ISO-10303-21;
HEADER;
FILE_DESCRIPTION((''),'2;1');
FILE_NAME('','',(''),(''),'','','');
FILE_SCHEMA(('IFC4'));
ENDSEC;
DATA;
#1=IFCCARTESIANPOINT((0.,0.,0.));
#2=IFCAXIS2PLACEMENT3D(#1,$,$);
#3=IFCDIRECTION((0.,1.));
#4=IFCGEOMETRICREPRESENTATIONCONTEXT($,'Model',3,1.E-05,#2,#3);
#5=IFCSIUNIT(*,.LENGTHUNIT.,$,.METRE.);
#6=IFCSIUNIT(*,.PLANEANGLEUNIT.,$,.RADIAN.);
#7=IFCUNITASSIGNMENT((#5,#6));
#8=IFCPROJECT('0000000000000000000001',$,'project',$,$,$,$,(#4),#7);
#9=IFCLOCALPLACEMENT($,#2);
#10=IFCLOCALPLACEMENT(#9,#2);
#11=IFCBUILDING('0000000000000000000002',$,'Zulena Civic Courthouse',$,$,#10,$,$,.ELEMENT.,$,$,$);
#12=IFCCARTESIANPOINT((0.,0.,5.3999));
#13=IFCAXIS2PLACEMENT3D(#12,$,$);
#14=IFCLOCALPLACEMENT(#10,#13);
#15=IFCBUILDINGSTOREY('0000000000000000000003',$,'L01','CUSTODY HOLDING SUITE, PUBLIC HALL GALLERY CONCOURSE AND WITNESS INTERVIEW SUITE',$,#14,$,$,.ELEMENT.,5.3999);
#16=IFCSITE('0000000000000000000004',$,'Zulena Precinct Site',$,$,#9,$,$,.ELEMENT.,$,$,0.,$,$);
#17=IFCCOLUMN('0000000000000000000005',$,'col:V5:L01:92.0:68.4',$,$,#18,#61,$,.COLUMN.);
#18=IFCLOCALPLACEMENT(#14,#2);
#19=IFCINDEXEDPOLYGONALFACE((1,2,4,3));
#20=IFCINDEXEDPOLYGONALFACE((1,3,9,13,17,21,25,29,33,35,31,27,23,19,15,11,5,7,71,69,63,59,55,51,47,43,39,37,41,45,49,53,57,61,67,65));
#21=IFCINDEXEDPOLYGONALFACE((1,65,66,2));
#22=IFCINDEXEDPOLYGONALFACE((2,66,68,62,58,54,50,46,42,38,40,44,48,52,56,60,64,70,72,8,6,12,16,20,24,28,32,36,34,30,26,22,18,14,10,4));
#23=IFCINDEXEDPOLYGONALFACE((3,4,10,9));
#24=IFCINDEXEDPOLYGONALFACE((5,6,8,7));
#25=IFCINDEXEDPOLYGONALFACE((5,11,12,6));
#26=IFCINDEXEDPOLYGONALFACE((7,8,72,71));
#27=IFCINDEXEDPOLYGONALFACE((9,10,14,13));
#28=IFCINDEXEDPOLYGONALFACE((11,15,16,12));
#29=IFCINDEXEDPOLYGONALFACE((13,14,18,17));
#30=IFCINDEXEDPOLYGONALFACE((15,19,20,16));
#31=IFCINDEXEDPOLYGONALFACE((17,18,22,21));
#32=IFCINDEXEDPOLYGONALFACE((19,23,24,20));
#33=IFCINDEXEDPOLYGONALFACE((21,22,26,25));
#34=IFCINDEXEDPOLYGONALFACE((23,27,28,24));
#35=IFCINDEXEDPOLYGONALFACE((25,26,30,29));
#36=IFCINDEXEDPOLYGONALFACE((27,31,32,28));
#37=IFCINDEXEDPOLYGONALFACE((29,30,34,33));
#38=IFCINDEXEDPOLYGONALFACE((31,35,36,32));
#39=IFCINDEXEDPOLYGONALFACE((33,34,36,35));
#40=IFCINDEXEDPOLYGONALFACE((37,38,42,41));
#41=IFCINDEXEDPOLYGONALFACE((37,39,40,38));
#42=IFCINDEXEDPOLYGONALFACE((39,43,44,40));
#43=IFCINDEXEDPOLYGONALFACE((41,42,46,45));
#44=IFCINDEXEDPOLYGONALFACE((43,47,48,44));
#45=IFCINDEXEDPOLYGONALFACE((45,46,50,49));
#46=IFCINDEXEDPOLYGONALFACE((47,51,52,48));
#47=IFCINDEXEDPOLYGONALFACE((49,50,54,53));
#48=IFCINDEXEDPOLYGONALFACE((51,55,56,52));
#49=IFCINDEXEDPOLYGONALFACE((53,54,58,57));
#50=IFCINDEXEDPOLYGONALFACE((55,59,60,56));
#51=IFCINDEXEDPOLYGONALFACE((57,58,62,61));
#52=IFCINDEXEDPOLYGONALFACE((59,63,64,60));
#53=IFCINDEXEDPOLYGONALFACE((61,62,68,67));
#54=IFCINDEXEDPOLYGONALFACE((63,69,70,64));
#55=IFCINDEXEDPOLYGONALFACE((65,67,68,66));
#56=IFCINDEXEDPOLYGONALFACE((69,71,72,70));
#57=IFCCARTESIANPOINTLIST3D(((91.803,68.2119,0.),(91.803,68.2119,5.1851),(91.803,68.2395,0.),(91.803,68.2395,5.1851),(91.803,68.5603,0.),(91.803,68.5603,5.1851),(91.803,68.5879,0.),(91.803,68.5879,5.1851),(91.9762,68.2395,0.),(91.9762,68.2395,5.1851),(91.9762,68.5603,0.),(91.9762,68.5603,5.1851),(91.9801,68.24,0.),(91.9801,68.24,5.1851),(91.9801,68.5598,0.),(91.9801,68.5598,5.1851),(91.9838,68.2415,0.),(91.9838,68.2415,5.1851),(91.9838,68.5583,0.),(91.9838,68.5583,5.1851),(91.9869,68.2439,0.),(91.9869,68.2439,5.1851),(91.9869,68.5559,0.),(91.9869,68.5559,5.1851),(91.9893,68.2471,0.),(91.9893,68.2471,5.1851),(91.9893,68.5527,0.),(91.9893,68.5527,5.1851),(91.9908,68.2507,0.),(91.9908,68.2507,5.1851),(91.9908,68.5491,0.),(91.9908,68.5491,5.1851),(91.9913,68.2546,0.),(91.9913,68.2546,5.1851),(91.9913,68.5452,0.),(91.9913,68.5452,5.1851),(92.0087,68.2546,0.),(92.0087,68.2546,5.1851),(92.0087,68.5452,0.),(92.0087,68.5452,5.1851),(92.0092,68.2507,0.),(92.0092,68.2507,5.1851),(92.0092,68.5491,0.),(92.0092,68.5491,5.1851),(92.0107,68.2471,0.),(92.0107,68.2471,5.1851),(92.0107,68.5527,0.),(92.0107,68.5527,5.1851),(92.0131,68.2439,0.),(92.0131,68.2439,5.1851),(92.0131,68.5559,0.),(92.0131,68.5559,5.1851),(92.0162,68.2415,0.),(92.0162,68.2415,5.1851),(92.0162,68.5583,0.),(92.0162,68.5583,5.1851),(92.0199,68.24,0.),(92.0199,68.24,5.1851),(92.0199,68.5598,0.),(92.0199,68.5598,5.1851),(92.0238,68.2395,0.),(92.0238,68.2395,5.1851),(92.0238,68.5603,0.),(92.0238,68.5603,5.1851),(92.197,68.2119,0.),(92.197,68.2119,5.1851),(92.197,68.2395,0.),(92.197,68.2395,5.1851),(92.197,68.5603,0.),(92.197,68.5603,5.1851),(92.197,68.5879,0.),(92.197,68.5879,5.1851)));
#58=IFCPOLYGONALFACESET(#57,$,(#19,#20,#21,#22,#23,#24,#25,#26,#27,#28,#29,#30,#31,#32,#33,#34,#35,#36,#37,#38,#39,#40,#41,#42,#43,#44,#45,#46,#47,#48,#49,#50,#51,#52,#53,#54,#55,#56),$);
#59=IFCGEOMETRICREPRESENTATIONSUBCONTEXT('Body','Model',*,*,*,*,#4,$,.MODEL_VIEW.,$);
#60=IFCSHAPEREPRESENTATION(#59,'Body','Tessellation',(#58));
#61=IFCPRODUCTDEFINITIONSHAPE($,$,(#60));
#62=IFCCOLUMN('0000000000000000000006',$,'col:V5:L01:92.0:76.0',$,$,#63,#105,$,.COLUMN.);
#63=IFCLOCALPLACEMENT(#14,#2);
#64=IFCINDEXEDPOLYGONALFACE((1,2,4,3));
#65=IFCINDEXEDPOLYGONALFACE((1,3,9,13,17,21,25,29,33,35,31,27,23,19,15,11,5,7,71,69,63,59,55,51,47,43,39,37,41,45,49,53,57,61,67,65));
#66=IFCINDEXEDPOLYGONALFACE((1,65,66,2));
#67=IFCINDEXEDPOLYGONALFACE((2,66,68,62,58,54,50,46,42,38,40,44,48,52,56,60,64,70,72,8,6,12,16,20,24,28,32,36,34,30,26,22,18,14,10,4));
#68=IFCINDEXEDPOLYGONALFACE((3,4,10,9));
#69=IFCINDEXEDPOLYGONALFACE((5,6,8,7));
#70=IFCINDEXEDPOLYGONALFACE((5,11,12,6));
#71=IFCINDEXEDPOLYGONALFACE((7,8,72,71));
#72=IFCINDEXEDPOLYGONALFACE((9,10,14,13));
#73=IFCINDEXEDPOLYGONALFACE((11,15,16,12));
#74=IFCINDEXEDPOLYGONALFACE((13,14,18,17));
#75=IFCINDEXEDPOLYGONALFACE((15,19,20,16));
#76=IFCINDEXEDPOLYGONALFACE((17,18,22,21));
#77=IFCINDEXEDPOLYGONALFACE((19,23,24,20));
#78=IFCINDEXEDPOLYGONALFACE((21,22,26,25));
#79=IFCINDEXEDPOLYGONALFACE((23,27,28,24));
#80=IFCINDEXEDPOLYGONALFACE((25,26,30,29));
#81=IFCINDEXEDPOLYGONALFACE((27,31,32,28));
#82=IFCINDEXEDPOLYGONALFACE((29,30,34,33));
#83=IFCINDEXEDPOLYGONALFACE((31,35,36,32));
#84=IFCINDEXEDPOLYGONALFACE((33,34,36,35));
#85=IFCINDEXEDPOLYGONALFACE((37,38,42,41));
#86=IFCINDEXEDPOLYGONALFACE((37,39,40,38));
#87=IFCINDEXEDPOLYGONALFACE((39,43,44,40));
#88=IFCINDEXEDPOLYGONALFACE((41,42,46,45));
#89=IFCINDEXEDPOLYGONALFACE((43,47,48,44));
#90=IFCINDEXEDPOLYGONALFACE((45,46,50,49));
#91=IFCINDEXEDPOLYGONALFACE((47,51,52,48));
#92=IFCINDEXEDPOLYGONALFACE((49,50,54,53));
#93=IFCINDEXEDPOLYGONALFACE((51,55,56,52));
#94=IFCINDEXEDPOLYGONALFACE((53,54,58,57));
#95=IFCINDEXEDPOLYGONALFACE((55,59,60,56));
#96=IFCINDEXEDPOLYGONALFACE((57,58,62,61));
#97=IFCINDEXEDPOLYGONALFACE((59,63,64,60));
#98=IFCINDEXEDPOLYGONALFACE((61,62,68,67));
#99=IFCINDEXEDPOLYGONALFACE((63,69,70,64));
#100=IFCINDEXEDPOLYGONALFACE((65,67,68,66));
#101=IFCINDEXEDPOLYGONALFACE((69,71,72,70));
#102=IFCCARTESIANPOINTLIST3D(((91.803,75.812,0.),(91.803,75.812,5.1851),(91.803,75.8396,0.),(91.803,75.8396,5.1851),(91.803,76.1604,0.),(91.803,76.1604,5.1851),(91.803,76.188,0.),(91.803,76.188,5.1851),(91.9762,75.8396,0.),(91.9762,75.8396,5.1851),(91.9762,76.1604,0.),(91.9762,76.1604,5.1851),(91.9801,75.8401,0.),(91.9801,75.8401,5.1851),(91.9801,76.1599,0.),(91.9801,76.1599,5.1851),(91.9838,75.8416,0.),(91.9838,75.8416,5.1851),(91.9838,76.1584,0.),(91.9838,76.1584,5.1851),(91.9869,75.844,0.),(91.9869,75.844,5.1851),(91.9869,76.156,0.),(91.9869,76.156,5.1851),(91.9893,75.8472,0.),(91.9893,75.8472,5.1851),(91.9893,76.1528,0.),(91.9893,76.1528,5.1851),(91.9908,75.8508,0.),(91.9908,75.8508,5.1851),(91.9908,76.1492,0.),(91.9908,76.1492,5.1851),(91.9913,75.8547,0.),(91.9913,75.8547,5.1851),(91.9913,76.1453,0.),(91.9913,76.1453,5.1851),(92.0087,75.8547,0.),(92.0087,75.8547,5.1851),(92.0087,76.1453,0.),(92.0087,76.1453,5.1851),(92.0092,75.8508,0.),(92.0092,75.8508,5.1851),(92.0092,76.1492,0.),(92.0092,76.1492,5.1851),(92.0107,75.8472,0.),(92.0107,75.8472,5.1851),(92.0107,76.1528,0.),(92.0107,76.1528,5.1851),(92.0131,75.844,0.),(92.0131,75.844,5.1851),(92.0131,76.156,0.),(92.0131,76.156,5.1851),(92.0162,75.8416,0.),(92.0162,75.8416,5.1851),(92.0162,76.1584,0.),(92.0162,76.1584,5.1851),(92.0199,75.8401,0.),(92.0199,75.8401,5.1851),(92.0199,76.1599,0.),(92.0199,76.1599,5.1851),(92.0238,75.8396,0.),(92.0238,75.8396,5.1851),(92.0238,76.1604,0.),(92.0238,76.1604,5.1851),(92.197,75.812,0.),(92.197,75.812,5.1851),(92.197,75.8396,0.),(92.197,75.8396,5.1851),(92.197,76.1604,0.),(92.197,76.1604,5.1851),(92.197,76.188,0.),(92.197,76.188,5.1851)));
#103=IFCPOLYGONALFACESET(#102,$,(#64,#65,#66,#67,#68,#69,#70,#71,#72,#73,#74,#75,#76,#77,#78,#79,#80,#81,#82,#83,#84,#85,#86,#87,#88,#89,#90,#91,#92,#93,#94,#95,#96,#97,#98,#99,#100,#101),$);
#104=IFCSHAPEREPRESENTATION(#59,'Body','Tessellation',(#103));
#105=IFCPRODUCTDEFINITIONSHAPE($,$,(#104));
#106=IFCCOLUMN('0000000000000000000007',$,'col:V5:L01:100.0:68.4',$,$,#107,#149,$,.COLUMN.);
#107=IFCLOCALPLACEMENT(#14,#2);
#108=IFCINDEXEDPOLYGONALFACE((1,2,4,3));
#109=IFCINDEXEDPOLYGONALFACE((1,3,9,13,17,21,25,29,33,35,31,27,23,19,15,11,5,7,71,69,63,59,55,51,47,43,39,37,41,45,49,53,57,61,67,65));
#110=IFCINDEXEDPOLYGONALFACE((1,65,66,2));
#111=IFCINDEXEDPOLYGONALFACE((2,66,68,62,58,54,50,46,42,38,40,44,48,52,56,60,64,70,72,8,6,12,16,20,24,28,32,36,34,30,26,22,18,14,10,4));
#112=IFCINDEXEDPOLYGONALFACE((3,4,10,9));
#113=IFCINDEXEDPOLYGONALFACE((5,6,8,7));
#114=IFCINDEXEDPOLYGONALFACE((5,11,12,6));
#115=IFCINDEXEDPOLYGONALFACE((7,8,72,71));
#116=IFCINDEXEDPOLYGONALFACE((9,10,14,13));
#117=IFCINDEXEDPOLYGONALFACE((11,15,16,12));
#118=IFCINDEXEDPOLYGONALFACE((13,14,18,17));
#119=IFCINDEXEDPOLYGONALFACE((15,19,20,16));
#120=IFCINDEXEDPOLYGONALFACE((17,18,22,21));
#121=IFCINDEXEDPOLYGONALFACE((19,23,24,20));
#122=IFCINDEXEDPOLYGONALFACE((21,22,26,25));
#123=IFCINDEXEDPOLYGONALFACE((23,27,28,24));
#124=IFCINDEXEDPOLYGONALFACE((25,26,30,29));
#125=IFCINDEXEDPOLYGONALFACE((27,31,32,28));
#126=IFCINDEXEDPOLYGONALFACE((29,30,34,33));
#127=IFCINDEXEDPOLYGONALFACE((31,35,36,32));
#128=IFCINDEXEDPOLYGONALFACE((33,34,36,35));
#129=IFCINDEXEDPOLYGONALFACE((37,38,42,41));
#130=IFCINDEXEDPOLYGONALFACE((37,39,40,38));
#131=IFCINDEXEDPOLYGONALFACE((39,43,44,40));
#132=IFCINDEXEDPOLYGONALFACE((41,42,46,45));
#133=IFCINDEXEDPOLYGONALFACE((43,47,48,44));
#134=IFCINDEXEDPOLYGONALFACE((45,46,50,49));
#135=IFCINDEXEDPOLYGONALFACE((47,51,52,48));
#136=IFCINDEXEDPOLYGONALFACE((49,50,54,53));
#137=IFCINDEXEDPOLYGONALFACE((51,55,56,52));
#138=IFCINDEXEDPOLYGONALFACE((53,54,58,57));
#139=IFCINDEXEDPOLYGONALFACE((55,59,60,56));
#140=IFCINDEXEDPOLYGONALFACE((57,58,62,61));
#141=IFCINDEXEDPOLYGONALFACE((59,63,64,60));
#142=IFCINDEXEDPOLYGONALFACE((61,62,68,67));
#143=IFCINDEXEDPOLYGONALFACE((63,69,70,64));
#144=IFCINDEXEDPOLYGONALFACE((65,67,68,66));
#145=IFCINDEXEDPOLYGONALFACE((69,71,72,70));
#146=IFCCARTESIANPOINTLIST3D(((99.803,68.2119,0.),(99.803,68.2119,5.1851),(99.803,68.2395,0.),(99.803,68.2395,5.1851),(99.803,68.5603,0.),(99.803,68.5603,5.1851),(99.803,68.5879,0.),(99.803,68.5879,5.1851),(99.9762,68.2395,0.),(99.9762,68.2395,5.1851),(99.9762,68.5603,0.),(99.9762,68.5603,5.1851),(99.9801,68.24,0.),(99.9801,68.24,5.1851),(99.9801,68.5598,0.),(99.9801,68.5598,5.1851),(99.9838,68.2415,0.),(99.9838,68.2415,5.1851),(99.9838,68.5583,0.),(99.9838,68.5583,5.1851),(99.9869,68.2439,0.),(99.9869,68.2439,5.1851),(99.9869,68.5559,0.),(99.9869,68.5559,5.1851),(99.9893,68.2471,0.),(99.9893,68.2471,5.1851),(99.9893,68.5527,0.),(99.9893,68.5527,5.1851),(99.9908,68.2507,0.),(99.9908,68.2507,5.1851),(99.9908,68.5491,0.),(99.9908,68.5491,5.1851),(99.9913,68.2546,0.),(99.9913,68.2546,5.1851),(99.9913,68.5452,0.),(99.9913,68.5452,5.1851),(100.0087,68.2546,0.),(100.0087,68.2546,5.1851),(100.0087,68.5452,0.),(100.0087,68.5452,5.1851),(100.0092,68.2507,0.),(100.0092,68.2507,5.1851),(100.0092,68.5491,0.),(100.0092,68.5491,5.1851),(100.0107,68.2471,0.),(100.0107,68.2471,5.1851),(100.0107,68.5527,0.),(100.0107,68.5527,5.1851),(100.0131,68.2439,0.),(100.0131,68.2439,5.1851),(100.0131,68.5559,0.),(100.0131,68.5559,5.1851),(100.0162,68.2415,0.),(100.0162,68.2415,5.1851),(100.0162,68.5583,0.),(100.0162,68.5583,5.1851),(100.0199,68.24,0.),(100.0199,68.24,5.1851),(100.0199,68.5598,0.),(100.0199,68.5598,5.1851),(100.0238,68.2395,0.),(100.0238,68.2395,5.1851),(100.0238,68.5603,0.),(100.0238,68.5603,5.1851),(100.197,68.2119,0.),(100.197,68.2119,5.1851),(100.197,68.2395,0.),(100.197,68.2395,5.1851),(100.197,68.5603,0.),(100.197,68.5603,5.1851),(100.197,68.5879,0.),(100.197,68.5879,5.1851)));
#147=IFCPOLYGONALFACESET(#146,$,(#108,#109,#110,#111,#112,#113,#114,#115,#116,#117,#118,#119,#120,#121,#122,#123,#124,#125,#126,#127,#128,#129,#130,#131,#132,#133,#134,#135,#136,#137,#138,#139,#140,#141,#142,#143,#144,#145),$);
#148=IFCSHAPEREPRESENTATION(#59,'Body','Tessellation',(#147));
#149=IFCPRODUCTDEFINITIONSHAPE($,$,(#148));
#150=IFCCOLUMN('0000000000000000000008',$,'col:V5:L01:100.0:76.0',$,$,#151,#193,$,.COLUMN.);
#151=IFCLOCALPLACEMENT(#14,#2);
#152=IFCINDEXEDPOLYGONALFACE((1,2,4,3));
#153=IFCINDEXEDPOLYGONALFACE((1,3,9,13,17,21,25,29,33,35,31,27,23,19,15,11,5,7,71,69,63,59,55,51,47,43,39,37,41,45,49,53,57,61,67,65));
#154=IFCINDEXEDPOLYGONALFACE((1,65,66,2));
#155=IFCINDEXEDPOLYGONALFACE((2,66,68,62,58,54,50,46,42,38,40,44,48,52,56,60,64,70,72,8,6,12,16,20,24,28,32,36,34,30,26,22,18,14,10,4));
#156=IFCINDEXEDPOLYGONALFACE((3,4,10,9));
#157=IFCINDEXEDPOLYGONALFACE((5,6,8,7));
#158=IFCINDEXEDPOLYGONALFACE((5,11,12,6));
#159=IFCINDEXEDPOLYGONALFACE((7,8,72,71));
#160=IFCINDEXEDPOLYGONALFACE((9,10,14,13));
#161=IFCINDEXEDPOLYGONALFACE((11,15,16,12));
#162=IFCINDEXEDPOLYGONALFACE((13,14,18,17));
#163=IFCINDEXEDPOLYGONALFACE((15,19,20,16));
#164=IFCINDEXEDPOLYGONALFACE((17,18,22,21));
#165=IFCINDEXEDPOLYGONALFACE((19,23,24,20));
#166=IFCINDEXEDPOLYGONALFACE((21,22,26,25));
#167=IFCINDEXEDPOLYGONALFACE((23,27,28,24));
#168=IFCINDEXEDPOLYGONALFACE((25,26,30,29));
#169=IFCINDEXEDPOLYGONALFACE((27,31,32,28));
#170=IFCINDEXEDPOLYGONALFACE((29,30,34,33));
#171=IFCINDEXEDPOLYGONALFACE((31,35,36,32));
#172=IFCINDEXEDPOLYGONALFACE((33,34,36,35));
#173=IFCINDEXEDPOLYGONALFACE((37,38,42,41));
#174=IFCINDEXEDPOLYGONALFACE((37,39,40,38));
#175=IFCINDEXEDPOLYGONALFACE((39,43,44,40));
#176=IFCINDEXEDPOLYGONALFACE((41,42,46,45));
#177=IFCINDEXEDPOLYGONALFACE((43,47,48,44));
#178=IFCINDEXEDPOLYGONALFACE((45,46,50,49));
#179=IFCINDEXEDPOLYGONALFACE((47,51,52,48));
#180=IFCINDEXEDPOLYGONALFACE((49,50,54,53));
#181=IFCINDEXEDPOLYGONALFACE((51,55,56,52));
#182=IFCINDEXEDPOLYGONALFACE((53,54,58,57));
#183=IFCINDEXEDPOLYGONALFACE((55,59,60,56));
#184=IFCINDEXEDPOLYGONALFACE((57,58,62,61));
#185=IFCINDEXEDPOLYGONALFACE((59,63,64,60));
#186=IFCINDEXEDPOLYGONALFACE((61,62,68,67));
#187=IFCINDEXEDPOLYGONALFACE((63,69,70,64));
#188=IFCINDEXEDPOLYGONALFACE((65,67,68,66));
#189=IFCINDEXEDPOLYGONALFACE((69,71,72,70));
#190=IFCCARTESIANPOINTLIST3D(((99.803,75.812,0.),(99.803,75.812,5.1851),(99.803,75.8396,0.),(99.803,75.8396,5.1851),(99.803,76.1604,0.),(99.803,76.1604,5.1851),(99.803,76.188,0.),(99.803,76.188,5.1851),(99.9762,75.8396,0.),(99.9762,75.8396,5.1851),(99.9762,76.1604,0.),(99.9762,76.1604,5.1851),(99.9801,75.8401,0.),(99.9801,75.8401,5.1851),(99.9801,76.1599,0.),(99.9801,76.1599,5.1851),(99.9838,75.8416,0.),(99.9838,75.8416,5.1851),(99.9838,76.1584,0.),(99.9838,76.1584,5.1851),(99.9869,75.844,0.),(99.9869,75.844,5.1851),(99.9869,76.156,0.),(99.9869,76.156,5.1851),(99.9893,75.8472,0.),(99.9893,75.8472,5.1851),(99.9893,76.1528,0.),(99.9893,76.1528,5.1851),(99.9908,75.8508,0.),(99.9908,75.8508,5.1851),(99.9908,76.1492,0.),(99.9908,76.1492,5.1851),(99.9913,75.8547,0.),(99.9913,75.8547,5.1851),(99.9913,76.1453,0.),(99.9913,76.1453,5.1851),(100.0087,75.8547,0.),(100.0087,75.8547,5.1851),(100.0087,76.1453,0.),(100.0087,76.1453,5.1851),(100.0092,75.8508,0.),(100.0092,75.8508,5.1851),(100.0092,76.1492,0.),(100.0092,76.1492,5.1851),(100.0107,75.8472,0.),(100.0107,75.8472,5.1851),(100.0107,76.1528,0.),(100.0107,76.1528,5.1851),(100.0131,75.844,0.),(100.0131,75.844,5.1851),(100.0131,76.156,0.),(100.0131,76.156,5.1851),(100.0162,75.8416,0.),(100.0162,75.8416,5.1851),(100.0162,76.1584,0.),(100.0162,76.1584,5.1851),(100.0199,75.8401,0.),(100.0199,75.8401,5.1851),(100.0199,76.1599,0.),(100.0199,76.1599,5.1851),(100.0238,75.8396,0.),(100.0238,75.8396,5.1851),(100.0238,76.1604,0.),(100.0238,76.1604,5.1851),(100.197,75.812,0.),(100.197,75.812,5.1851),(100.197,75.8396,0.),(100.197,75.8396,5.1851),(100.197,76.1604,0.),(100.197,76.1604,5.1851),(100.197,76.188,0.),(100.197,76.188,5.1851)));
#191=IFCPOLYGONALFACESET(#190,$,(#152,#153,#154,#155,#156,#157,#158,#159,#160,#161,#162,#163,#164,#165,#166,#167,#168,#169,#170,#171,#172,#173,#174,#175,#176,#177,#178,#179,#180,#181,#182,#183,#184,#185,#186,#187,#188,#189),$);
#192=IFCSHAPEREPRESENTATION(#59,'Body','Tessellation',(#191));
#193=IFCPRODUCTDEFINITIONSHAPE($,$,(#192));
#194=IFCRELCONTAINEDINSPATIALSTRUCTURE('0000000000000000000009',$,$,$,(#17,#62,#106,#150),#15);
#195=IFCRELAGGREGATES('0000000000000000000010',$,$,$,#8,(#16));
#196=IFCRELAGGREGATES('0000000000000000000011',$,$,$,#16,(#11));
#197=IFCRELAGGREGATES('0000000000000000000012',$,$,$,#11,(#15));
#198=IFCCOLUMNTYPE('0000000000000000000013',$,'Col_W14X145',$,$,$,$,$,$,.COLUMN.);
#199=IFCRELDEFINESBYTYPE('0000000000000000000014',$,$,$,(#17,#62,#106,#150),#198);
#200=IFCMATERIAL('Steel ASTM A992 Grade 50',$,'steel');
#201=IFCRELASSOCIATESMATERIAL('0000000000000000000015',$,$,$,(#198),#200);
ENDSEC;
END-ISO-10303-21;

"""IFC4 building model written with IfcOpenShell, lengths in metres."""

from ifc_helpers import new_model, si_unit, direction, frame, origin, origin_2d, place, context, subcontext, project, spatial, i_section, extrude, material, material_profile, profile_set, type_object, element, save


model = new_model("IFC4")

# Units and contexts
model_context = context("Model", 3, precision=1e-05, world=origin(), true_north=direction((0.0, 1.0)))
body_context = subcontext(model_context, "Body", "Model", "MODEL_VIEW")
ifc_project = project(units=[si_unit("LENGTHUNIT", "METRE"), si_unit("PLANEANGLEUNIT", "RADIAN")], contexts=[model_context])

# Site, building, storey
site_placement = place(None, origin())
site = spatial("IfcSite", under=ifc_project, at=site_placement, Name="Zulena Precinct Site", CompositionType="ELEMENT", RefElevation=0.0)
building_placement = place(site_placement, origin())
building = spatial("IfcBuilding", under=site, at=building_placement, Name="Zulena Civic Courthouse", CompositionType="ELEMENT")
storey_placement = place(building_placement, frame((0.0, 0.0, 5.3999)))
storey = spatial("IfcBuildingStorey", under=building, at=storey_placement, Name="L01", Description="CUSTODY HOLDING SUITE, PUBLIC HALL GALLERY CONCOURSE AND WITNESS INTERVIEW SUITE", CompositionType="ELEMENT", Elevation=5.3999)

# Columns
ifc_material_1 = material(Name="Steel ASTM A992 Grade 50", Category="steel")
ifc_material_profile_1 = material_profile(ifc_material_1, i_section(OverallWidth=0.394, OverallDepth=0.376, WebThickness=0.0173, FlangeThickness=0.0276, FilletRadius=0.0151, at=origin_2d()), Name="W14X145")
ifc_profile_set_1 = profile_set([ifc_material_profile_1], Name="Steel ASTM A992 Grade 50")
column_type_1 = type_object("IfcColumnType", Name="Col_W14X145", PredefinedType="COLUMN", material=ifc_profile_set_1)
for number, where, z_axis, x_axis, name in (
    (1, (92.0, 68.3999, 0.0), (0.0, 0.0, 1.0), (1.0, 0.0, 0.0), "col:V5:L01:92.0:68.4"),
    (2, (92.0, 76.0, 0.0), (0.0, 0.0, 1.0), (1.0, 0.0, 0.0), "col:V5:L01:92.0:76.0"),
    (3, (100.0, 68.3999, 0.0), (0.0, 0.0, 1.0), (1.0, 0.0, 0.0), "col:V5:L01:100.0:68.4"),
    (4, (100.0, 76.0, 0.0), (0.0, 0.0, 1.0), (1.0, 0.0, 0.0), "col:V5:L01:100.0:76.0"),
):
    element("IfcColumn", number, at=place(storey_placement, frame(where, z_axis=z_axis, x_axis=x_axis)), inside=storey, type_object=column_type_1, Name=name, PredefinedType="COLUMN", context=body_context, shape_type="SweptSolid", body=[
        extrude(i_section(OverallWidth=0.394, OverallDepth=0.376, WebThickness=0.0173, FlangeThickness=0.0276, FilletRadius=0.0151, at=origin_2d()), origin(), (0.0, 0.0, 1.0), 5.1851),
    ])

save(model, "model.ifc")
